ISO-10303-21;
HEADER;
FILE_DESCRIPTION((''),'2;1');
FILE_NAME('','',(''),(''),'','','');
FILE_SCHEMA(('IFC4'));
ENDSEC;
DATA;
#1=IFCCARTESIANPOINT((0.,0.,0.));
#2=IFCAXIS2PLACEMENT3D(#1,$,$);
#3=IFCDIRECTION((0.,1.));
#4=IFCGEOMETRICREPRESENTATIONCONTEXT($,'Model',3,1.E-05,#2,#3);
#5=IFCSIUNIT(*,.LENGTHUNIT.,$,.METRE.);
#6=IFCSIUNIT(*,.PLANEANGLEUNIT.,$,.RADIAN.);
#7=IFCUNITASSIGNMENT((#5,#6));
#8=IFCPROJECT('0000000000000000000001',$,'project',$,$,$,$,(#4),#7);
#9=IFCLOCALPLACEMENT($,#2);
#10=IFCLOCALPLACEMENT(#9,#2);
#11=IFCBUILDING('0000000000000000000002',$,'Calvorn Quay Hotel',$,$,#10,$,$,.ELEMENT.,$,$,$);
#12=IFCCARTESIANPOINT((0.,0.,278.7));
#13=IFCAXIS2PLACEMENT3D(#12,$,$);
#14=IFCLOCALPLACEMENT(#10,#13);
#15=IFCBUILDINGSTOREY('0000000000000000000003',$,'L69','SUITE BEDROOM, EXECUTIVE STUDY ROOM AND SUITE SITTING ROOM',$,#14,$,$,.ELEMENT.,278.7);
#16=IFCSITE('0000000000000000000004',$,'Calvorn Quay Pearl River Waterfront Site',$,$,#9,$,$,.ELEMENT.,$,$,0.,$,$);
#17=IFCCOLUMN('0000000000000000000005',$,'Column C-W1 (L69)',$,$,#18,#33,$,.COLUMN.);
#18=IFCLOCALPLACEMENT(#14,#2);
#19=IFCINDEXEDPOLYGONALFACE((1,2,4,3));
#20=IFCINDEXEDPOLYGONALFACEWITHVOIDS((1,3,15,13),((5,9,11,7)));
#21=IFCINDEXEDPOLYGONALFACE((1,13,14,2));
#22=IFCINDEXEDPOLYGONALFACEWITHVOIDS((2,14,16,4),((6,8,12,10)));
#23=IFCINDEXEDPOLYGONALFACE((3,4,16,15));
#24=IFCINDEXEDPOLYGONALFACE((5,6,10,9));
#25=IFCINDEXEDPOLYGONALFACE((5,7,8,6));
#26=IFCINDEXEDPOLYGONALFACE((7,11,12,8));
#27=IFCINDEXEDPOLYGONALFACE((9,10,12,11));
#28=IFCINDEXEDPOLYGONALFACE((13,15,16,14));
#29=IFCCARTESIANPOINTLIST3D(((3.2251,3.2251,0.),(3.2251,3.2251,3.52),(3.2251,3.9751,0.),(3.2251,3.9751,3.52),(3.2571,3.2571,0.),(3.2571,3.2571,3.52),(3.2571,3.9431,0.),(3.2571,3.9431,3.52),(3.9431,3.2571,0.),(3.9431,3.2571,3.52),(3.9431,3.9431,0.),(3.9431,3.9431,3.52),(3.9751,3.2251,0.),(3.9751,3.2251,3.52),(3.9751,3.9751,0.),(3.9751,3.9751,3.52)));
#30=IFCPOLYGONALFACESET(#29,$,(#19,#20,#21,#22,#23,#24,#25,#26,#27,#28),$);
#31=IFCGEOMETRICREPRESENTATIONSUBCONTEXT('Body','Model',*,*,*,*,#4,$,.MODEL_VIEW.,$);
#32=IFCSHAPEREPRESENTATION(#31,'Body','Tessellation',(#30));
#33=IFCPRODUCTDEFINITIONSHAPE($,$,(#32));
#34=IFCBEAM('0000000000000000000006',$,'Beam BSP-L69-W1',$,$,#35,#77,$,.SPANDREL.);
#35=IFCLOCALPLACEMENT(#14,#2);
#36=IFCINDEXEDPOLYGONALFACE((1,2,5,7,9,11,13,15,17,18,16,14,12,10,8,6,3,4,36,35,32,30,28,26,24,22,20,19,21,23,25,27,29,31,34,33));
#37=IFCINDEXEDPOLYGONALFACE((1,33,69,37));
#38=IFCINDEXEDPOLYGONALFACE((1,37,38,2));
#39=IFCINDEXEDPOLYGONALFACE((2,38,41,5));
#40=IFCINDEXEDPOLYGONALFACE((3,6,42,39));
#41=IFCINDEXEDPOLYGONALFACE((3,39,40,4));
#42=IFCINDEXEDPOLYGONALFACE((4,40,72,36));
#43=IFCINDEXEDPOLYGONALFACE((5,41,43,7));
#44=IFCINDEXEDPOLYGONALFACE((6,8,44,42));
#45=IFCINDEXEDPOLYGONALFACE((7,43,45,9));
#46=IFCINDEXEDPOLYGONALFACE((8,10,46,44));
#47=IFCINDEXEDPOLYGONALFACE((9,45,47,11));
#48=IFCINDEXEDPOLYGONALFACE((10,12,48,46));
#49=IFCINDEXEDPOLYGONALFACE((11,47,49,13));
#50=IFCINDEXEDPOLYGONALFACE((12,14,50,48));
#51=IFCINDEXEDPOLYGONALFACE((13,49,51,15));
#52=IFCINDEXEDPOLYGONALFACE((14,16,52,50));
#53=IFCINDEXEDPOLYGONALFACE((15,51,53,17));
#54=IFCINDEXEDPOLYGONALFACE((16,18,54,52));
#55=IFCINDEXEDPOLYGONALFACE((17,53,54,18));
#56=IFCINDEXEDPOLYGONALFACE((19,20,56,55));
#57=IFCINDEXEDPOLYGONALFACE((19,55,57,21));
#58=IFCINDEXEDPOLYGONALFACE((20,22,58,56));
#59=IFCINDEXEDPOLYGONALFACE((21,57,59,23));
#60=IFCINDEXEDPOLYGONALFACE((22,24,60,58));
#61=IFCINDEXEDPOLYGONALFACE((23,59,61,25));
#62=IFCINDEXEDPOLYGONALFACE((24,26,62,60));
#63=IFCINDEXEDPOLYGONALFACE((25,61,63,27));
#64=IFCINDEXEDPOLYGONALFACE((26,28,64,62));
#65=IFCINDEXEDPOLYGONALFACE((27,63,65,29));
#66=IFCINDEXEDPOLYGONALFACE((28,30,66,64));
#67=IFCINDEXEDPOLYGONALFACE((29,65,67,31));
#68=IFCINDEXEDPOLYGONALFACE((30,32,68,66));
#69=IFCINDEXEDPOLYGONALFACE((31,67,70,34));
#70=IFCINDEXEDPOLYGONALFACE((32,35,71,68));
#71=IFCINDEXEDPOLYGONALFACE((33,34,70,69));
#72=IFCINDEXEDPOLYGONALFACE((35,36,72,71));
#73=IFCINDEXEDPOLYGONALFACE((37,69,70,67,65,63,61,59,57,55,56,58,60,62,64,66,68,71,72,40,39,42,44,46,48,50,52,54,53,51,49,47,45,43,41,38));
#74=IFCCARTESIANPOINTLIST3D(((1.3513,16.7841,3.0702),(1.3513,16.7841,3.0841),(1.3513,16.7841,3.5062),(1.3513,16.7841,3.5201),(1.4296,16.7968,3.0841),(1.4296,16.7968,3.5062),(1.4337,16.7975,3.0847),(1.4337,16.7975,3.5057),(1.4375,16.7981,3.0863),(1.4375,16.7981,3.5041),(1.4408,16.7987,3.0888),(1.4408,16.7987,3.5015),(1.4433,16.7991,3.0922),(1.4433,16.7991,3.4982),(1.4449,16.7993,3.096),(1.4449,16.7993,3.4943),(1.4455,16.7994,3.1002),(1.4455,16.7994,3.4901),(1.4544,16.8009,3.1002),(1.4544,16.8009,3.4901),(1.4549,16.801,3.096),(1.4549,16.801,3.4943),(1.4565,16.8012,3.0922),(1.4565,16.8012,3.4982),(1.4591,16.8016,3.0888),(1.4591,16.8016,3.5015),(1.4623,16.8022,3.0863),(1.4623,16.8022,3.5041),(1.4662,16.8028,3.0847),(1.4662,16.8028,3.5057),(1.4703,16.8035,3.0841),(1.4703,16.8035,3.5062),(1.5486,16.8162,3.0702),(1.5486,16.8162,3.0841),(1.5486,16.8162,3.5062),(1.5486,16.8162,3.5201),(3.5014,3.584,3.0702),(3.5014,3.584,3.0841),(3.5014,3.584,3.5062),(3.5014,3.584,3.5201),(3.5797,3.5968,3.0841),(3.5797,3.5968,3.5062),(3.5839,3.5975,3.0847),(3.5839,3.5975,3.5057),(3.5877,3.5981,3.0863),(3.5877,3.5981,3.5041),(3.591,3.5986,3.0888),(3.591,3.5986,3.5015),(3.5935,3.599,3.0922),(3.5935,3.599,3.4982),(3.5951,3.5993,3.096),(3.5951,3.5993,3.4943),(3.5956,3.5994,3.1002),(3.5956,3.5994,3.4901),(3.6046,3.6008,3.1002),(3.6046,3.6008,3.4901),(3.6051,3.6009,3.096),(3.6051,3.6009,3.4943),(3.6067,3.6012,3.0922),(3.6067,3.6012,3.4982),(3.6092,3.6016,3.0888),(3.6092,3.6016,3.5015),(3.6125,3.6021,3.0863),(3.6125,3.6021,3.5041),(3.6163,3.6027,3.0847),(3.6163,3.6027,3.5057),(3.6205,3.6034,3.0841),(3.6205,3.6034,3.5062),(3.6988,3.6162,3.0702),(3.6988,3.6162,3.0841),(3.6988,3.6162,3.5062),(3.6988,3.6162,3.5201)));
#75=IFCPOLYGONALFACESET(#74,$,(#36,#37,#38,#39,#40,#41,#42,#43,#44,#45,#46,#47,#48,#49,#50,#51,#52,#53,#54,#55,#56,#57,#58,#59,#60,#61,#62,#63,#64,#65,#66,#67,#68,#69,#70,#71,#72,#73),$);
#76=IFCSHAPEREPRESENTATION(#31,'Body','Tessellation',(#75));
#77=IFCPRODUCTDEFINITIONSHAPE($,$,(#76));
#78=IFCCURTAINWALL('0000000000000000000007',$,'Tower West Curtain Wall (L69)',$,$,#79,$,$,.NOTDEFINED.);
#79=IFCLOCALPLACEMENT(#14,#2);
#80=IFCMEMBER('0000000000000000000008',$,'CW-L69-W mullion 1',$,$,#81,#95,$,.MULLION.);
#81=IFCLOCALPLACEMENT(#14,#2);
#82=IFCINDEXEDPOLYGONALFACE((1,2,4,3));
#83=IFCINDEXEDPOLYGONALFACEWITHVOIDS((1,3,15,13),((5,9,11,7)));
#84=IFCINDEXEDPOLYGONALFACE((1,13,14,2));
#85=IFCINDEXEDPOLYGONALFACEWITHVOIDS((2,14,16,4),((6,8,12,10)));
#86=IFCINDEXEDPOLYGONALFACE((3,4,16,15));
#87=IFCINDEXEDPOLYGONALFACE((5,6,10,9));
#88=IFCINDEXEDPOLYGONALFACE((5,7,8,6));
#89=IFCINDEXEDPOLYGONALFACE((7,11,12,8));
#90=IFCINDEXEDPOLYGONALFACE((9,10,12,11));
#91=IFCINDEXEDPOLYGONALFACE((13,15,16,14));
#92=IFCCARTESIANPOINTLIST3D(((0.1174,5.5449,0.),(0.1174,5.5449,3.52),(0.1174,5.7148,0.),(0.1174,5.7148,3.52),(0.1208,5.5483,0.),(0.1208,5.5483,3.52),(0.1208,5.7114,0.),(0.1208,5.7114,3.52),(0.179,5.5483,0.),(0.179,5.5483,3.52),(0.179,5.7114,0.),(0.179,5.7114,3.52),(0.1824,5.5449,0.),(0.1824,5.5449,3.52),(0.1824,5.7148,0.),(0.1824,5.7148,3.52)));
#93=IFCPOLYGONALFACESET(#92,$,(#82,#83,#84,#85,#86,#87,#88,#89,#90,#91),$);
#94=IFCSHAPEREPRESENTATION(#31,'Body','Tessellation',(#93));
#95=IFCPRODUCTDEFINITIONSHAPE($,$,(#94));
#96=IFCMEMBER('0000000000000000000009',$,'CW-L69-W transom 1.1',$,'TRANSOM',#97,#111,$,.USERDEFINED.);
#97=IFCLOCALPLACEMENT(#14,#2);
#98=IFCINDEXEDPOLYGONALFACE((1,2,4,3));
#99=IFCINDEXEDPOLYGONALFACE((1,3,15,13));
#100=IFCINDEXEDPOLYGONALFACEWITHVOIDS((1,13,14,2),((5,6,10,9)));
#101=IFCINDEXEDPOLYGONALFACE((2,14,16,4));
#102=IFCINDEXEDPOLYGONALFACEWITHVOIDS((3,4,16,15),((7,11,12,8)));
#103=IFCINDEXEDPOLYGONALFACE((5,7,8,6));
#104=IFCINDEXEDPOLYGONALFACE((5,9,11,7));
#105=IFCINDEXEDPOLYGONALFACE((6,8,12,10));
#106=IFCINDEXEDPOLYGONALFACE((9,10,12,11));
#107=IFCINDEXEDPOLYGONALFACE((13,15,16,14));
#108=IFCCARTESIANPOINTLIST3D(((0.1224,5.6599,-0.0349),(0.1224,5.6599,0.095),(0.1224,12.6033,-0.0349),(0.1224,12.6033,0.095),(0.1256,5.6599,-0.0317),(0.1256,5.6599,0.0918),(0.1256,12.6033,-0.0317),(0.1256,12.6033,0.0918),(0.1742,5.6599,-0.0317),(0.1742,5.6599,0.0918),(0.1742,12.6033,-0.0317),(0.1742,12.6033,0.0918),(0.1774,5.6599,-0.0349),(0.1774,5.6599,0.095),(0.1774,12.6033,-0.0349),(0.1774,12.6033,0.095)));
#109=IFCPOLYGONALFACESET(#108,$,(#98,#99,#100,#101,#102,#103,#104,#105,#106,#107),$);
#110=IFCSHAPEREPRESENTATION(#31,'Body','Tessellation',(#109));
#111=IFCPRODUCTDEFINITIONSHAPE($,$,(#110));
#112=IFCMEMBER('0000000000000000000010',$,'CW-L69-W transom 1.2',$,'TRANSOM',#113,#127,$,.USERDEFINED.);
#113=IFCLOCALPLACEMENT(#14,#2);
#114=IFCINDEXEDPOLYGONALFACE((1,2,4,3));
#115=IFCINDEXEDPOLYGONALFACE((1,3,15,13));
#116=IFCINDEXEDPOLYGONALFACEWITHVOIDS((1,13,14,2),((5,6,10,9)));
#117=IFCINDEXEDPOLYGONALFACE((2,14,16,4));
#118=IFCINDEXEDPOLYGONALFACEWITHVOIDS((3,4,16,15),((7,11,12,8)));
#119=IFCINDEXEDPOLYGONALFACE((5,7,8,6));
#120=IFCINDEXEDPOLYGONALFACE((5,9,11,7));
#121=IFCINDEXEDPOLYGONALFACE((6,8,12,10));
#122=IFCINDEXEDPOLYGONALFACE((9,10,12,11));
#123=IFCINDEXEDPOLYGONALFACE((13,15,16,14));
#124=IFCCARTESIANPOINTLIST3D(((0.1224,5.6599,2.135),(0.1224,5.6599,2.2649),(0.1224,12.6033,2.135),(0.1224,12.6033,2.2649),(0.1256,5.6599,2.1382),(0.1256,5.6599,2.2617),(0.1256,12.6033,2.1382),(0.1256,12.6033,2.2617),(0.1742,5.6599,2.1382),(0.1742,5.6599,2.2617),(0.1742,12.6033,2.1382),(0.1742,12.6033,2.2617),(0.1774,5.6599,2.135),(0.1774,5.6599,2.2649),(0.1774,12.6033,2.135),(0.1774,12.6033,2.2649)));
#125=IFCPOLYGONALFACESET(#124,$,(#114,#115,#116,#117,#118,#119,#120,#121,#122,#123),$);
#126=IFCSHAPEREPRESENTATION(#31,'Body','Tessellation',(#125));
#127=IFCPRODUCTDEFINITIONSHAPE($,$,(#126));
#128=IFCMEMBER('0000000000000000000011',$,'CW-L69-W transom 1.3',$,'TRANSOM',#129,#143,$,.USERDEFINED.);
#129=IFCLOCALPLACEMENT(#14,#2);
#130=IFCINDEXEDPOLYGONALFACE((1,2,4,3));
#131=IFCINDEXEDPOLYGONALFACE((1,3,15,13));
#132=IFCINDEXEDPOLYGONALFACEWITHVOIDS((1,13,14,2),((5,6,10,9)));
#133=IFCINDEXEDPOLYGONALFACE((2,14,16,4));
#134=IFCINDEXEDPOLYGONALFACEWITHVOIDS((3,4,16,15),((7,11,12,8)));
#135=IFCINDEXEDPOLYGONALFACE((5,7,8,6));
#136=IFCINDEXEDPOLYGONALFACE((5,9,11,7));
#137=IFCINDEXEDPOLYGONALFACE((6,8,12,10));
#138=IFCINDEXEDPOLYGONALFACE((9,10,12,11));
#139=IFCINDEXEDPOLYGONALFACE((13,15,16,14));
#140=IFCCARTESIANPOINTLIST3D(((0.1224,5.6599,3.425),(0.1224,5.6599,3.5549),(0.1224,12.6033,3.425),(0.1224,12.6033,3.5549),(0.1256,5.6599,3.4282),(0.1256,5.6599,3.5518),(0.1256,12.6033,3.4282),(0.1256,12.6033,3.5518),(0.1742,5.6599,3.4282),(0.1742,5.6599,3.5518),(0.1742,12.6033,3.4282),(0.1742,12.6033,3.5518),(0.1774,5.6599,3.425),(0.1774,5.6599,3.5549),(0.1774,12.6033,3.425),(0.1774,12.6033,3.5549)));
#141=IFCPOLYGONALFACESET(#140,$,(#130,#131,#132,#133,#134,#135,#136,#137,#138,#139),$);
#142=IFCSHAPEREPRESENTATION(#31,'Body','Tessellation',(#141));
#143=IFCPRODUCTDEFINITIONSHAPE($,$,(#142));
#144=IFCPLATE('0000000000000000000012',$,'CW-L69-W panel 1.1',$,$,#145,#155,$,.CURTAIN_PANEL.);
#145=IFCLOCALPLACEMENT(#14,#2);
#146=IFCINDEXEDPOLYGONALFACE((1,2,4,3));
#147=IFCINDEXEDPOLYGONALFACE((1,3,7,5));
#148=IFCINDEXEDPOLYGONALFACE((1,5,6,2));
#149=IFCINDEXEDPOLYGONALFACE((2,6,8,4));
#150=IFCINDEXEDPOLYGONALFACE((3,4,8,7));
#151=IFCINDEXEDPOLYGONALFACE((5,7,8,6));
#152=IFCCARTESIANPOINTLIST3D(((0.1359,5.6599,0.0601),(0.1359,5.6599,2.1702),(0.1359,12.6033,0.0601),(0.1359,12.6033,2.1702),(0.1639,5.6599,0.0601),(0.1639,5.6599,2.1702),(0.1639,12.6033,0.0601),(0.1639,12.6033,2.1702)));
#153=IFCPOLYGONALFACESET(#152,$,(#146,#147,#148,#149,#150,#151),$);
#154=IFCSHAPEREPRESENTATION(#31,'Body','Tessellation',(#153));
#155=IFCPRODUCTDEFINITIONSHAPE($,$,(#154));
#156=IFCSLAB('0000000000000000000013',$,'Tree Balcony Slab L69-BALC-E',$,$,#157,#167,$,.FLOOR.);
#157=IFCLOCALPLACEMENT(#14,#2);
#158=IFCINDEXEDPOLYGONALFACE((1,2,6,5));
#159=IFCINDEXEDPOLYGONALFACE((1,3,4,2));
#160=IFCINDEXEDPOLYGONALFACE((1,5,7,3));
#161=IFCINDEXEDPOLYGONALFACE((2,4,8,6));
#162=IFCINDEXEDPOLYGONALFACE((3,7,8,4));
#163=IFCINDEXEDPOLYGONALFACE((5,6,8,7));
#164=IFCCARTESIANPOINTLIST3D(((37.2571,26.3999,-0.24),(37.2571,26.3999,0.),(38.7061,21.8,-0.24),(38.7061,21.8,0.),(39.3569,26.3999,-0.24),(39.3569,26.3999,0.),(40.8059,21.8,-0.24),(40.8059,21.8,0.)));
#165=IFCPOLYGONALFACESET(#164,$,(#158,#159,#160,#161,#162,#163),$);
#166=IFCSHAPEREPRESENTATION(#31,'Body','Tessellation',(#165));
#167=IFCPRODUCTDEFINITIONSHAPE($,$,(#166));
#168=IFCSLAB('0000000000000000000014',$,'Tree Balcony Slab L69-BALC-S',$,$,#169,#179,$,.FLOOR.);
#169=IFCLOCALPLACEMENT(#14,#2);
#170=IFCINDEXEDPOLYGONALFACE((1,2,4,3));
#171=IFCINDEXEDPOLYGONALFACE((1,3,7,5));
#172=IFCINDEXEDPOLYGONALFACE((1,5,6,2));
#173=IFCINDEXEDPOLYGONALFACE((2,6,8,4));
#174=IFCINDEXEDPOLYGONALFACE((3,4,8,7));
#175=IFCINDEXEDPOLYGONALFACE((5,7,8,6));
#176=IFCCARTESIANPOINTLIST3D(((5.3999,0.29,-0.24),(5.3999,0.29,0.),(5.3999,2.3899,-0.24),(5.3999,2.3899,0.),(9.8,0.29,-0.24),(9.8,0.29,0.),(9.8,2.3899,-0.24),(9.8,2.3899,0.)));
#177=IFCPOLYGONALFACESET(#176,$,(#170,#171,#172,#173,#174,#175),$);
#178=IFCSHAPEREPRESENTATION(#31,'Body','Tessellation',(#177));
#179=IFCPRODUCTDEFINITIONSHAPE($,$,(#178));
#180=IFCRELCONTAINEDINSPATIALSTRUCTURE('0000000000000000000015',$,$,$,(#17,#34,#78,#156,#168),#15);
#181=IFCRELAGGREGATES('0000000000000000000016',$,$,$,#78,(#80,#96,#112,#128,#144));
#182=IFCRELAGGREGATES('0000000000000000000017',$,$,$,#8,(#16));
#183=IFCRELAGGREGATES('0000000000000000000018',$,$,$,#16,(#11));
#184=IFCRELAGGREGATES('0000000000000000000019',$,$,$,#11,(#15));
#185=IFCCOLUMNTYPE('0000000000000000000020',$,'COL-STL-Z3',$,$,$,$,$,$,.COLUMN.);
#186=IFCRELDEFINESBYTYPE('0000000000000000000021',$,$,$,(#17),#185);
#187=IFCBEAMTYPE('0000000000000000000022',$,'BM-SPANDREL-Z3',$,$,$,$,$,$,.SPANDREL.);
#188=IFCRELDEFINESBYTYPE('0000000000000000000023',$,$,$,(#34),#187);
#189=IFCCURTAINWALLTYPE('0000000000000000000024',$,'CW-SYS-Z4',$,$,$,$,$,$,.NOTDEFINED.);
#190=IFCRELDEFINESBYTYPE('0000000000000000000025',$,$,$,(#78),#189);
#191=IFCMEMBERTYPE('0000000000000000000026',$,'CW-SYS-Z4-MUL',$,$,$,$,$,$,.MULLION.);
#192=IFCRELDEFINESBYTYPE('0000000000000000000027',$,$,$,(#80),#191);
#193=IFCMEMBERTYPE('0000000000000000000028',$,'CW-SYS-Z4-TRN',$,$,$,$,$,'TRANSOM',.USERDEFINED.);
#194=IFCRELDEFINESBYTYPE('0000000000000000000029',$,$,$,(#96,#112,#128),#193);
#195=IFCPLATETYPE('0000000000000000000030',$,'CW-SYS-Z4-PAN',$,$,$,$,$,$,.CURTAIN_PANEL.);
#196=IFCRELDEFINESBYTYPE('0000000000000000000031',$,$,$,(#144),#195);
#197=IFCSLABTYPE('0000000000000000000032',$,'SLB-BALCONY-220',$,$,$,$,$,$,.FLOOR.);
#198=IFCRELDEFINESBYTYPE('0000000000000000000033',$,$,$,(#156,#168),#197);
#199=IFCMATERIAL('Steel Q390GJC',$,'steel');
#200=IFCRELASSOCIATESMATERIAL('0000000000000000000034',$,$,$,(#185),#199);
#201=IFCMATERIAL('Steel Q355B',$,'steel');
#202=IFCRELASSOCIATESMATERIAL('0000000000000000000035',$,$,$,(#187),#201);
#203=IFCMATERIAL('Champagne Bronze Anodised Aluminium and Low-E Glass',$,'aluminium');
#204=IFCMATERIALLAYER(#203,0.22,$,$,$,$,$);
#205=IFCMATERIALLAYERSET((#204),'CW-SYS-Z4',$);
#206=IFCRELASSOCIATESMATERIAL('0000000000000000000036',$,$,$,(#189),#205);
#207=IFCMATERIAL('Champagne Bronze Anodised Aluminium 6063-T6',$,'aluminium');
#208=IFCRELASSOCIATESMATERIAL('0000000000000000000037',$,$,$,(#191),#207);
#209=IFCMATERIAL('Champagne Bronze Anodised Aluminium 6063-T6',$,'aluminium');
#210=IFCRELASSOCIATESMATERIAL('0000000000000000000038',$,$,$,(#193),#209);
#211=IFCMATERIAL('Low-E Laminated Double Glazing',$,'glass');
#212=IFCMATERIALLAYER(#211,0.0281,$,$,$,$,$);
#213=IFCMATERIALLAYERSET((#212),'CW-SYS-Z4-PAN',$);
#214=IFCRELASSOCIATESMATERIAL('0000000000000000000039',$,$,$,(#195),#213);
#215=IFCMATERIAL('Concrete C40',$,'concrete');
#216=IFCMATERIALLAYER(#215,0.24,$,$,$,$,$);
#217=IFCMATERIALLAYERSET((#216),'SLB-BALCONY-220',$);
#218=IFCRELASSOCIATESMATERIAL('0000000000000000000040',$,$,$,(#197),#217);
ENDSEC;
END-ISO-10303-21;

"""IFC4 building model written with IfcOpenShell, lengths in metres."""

from ifc_helpers import new_model, si_unit, direction, frame, origin, origin_2d, place, context, subcontext, project, spatial, polyline, rectangle, hollow_rectangle, i_section, outline, extrude, material, layer, layer_set, material_profile, profile_set, type_object, element, aggregate, save


model = new_model("IFC4")

# Units and contexts
model_context = context("Model", 3, precision=1e-05, world=origin(), true_north=direction((0.0, 1.0)))
body_context = subcontext(model_context, "Body", "Model", "MODEL_VIEW")
ifc_project = project(units=[si_unit("LENGTHUNIT", "METRE"), si_unit("PLANEANGLEUNIT", "RADIAN")], contexts=[model_context])

# Site, building, storey
site_placement = place(None, origin())
site = spatial("IfcSite", under=ifc_project, at=site_placement, Name="Calvorn Quay Pearl River Waterfront Site", CompositionType="ELEMENT", RefElevation=0.0)
building_placement = place(site_placement, origin())
building = spatial("IfcBuilding", under=site, at=building_placement, Name="Calvorn Quay Hotel", CompositionType="ELEMENT")
storey_placement = place(building_placement, frame((0.0, 0.0, 278.7)))
storey = spatial("IfcBuildingStorey", under=building, at=storey_placement, Name="L69", Description="SUITE BEDROOM, EXECUTIVE STUDY ROOM AND SUITE SITTING ROOM", CompositionType="ELEMENT", Elevation=278.7)

# Column
ifc_material_1 = material(Name="Steel Q390GJC", Category="steel")
ifc_material_profile_1 = material_profile(ifc_material_1, hollow_rectangle(XDim=0.75, YDim=0.75, WallThickness=0.032, at=origin_2d()), Name="BOX750x750x32")
ifc_profile_set_1 = profile_set([ifc_material_profile_1], Name="Steel Q390GJC")
column_type = type_object("IfcColumnType", Name="COL-STL-Z3", PredefinedType="COLUMN", material=ifc_profile_set_1)
column_placement = place(storey_placement, frame((3.6001, 3.6001, 0.0), z_axis=(0.0, 0.0, 1.0), x_axis=(1.0, 0.0, 0.0)))
element("IfcColumn", 1, at=column_placement, inside=storey, type_object=column_type, Name="Column C-W1 (L69)", PredefinedType="COLUMN", context=body_context, shape_type="SweptSolid", body=[
    extrude(hollow_rectangle(XDim=0.75, YDim=0.75, WallThickness=0.032, at=origin_2d()), origin(), (0.0, 0.0, 1.0), 3.52),
])

# Beam
ifc_material_2 = material(Name="Steel Q355B", Category="steel")
ifc_material_profile_2 = material_profile(ifc_material_2, i_section(OverallWidth=0.2, OverallDepth=0.45, WebThickness=0.009, FlangeThickness=0.0139, FilletRadius=0.0161, at=origin_2d()), Name="HN450x200x9x14")
ifc_profile_set_2 = profile_set([ifc_material_profile_2], Name="Steel Q355B")
beam_type = type_object("IfcBeamType", Name="BM-SPANDREL-Z3", PredefinedType="SPANDREL", material=ifc_profile_set_2)
beam_placement = place(storey_placement, frame((3.6001, 3.6001, 3.2952), z_axis=(-0.160772, 0.986992, 0.0), x_axis=(-0.986992, -0.160772, 0.0)))
element("IfcBeam", 2, at=beam_placement, inside=storey, type_object=beam_type, Name="Beam BSP-L69-W1", PredefinedType="SPANDREL", context=body_context, shape_type="SweptSolid", body=[
    extrude(i_section(OverallWidth=0.2, OverallDepth=0.45, WebThickness=0.009, FlangeThickness=0.0139, FilletRadius=0.0161, at=origin_2d()), origin(), (0.0, 0.0, 1.0), 13.374),
])

# Curtain wall, members, plate
ifc_material_3 = material(Name="Champagne Bronze Anodised Aluminium and Low-E Glass", Category="aluminium")
ifc_layer_1 = layer(ifc_material_3, 0.22)
ifc_layer_set_1 = layer_set([ifc_layer_1], Name="CW-SYS-Z4")
curtain_wall_type = type_object("IfcCurtainWallType", Name="CW-SYS-Z4", PredefinedType="NOTDEFINED", material=ifc_layer_set_1)
curtain_wall_placement = place(storey_placement, origin())
curtain_wall = element("IfcCurtainWall", 3, at=curtain_wall_placement, inside=storey, type_object=curtain_wall_type, Name="Tower West Curtain Wall (L69)", PredefinedType="NOTDEFINED")
ifc_material_4 = material(Name="Champagne Bronze Anodised Aluminium 6063-T6", Category="aluminium")
ifc_material_profile_3 = material_profile(ifc_material_4, hollow_rectangle(XDim=0.0649, YDim=0.1699, WallThickness=0.0034, at=origin_2d()), Name="ALU-M170x65x3.5")
ifc_profile_set_3 = profile_set([ifc_material_profile_3], Name="Champagne Bronze Anodised Aluminium 6063-T6")
member_type_1 = type_object("IfcMemberType", Name="CW-SYS-Z4-MUL", PredefinedType="MULLION", material=ifc_profile_set_3)
member_1_placement = place(storey_placement, frame((0.1499, 5.6299, 0.0), z_axis=(0.0, 0.0, 1.0), x_axis=(-1.0, 0.0, 0.0)))
member_1 = element("IfcMember", 4, at=member_1_placement, type_object=member_type_1, Name="CW-L69-W mullion 1", PredefinedType="MULLION", context=body_context, shape_type="SweptSolid", body=[
    extrude(hollow_rectangle(XDim=0.0649, YDim=0.1699, WallThickness=0.0034, at=origin_2d()), origin(), (0.0, 0.0, 1.0), 3.52),
])
ifc_material_5 = material(Name="Champagne Bronze Anodised Aluminium 6063-T6", Category="aluminium")
ifc_material_profile_4 = material_profile(ifc_material_5, hollow_rectangle(XDim=0.0549, YDim=0.1299, WallThickness=0.0032, at=origin_2d()), Name="ALU-T130x55x3.2")
ifc_profile_set_4 = profile_set([ifc_material_profile_4], Name="Champagne Bronze Anodised Aluminium 6063-T6")
member_type_2 = type_object("IfcMemberType", Name="CW-SYS-Z4-TRN", ElementType="TRANSOM", PredefinedType="USERDEFINED", material=ifc_profile_set_4)
member_2_placement = place(storey_placement, frame((0.1499, 5.6599, 0.03), z_axis=(0.0, 1.0, 0.0), x_axis=(-1.0, 0.0, 0.0)))
member_2 = element("IfcMember", 5, at=member_2_placement, type_object=member_type_2, Name="CW-L69-W transom 1.1", ObjectType="TRANSOM", PredefinedType="USERDEFINED", context=body_context, shape_type="SweptSolid", body=[
    extrude(hollow_rectangle(XDim=0.0549, YDim=0.1299, WallThickness=0.0032, at=origin_2d()), origin(), (0.0, 0.0, 1.0), 6.9434),
])
member_3_placement = place(storey_placement, frame((0.1499, 5.6599, 2.2), z_axis=(0.0, 1.0, 0.0), x_axis=(-1.0, 0.0, 0.0)))
member_3 = element("IfcMember", 6, at=member_3_placement, type_object=member_type_2, Name="CW-L69-W transom 1.2", ObjectType="TRANSOM", PredefinedType="USERDEFINED", context=body_context, shape_type="SweptSolid", body=[
    extrude(hollow_rectangle(XDim=0.0549, YDim=0.1299, WallThickness=0.0032, at=origin_2d()), origin(), (0.0, 0.0, 1.0), 6.9434),
])
member_4_placement = place(storey_placement, frame((0.1499, 5.6599, 3.49), z_axis=(0.0, 1.0, 0.0), x_axis=(-1.0, 0.0, 0.0)))
member_4 = element("IfcMember", 7, at=member_4_placement, type_object=member_type_2, Name="CW-L69-W transom 1.3", ObjectType="TRANSOM", PredefinedType="USERDEFINED", context=body_context, shape_type="SweptSolid", body=[
    extrude(hollow_rectangle(XDim=0.0549, YDim=0.1299, WallThickness=0.0032, at=origin_2d()), origin(), (0.0, 0.0, 1.0), 6.9434),
])
ifc_material_6 = material(Name="Low-E Laminated Double Glazing", Category="glass")
ifc_layer_2 = layer(ifc_material_6, 0.0281)
ifc_layer_set_2 = layer_set([ifc_layer_2], Name="CW-SYS-Z4-PAN")
plate_type = type_object("IfcPlateType", Name="CW-SYS-Z4-PAN", PredefinedType="CURTAIN_PANEL", material=ifc_layer_set_2)
plate_placement = place(storey_placement, frame((0.1499, 9.1316, 0.0601), z_axis=(0.0, 0.0, 1.0), x_axis=(0.0, 1.0, 0.0)))
plate = element("IfcPlate", 8, at=plate_placement, type_object=plate_type, Name="CW-L69-W panel 1.1", PredefinedType="CURTAIN_PANEL", context=body_context, shape_type="SweptSolid", body=[
    extrude(rectangle(XDim=6.9434, YDim=0.0281, at=origin_2d()), origin(), (0.0, 0.0, 1.0), 2.1101),
])
aggregate(curtain_wall, [member_1, member_2, member_3, member_4, plate])

# Slabs
ifc_material_7 = material(Name="Concrete C40", Category="concrete")
ifc_layer_3 = layer(ifc_material_7, 0.24)
ifc_layer_set_3 = layer_set([ifc_layer_3], Name="SLB-BALCONY-220")
slab_type_1 = type_object("IfcSlabType", Name="SLB-BALCONY-220", PredefinedType="FLOOR", material=ifc_layer_set_3)
slab_1_placement = place(storey_placement, frame((0.0, 0.0, -0.24)))
element("IfcSlab", 9, at=slab_1_placement, inside=storey, type_object=slab_type_1, Name="Tree Balcony Slab L69-BALC-E", PredefinedType="FLOOR", context=body_context, shape_type="SweptSolid", body=[
    extrude(outline(polyline([(38.7061, 21.8), (40.8059, 21.8), (39.3569, 26.3999), (37.2571, 26.3999), (38.7061, 21.8)])), origin(), (0.0, 0.0, 1.0), 0.24),
])
slab_2_placement = place(storey_placement, frame((0.0, 0.0, -0.24)))
element("IfcSlab", 10, at=slab_2_placement, inside=storey, type_object=slab_type_1, Name="Tree Balcony Slab L69-BALC-S", PredefinedType="FLOOR", context=body_context, shape_type="SweptSolid", body=[
    extrude(outline(polyline([(5.3999, 0.29), (9.8, 0.29), (9.8, 2.3899), (5.3999, 2.3899), (5.3999, 0.29)])), origin(), (0.0, 0.0, 1.0), 0.24),
])

save(model, "model.ifc")
